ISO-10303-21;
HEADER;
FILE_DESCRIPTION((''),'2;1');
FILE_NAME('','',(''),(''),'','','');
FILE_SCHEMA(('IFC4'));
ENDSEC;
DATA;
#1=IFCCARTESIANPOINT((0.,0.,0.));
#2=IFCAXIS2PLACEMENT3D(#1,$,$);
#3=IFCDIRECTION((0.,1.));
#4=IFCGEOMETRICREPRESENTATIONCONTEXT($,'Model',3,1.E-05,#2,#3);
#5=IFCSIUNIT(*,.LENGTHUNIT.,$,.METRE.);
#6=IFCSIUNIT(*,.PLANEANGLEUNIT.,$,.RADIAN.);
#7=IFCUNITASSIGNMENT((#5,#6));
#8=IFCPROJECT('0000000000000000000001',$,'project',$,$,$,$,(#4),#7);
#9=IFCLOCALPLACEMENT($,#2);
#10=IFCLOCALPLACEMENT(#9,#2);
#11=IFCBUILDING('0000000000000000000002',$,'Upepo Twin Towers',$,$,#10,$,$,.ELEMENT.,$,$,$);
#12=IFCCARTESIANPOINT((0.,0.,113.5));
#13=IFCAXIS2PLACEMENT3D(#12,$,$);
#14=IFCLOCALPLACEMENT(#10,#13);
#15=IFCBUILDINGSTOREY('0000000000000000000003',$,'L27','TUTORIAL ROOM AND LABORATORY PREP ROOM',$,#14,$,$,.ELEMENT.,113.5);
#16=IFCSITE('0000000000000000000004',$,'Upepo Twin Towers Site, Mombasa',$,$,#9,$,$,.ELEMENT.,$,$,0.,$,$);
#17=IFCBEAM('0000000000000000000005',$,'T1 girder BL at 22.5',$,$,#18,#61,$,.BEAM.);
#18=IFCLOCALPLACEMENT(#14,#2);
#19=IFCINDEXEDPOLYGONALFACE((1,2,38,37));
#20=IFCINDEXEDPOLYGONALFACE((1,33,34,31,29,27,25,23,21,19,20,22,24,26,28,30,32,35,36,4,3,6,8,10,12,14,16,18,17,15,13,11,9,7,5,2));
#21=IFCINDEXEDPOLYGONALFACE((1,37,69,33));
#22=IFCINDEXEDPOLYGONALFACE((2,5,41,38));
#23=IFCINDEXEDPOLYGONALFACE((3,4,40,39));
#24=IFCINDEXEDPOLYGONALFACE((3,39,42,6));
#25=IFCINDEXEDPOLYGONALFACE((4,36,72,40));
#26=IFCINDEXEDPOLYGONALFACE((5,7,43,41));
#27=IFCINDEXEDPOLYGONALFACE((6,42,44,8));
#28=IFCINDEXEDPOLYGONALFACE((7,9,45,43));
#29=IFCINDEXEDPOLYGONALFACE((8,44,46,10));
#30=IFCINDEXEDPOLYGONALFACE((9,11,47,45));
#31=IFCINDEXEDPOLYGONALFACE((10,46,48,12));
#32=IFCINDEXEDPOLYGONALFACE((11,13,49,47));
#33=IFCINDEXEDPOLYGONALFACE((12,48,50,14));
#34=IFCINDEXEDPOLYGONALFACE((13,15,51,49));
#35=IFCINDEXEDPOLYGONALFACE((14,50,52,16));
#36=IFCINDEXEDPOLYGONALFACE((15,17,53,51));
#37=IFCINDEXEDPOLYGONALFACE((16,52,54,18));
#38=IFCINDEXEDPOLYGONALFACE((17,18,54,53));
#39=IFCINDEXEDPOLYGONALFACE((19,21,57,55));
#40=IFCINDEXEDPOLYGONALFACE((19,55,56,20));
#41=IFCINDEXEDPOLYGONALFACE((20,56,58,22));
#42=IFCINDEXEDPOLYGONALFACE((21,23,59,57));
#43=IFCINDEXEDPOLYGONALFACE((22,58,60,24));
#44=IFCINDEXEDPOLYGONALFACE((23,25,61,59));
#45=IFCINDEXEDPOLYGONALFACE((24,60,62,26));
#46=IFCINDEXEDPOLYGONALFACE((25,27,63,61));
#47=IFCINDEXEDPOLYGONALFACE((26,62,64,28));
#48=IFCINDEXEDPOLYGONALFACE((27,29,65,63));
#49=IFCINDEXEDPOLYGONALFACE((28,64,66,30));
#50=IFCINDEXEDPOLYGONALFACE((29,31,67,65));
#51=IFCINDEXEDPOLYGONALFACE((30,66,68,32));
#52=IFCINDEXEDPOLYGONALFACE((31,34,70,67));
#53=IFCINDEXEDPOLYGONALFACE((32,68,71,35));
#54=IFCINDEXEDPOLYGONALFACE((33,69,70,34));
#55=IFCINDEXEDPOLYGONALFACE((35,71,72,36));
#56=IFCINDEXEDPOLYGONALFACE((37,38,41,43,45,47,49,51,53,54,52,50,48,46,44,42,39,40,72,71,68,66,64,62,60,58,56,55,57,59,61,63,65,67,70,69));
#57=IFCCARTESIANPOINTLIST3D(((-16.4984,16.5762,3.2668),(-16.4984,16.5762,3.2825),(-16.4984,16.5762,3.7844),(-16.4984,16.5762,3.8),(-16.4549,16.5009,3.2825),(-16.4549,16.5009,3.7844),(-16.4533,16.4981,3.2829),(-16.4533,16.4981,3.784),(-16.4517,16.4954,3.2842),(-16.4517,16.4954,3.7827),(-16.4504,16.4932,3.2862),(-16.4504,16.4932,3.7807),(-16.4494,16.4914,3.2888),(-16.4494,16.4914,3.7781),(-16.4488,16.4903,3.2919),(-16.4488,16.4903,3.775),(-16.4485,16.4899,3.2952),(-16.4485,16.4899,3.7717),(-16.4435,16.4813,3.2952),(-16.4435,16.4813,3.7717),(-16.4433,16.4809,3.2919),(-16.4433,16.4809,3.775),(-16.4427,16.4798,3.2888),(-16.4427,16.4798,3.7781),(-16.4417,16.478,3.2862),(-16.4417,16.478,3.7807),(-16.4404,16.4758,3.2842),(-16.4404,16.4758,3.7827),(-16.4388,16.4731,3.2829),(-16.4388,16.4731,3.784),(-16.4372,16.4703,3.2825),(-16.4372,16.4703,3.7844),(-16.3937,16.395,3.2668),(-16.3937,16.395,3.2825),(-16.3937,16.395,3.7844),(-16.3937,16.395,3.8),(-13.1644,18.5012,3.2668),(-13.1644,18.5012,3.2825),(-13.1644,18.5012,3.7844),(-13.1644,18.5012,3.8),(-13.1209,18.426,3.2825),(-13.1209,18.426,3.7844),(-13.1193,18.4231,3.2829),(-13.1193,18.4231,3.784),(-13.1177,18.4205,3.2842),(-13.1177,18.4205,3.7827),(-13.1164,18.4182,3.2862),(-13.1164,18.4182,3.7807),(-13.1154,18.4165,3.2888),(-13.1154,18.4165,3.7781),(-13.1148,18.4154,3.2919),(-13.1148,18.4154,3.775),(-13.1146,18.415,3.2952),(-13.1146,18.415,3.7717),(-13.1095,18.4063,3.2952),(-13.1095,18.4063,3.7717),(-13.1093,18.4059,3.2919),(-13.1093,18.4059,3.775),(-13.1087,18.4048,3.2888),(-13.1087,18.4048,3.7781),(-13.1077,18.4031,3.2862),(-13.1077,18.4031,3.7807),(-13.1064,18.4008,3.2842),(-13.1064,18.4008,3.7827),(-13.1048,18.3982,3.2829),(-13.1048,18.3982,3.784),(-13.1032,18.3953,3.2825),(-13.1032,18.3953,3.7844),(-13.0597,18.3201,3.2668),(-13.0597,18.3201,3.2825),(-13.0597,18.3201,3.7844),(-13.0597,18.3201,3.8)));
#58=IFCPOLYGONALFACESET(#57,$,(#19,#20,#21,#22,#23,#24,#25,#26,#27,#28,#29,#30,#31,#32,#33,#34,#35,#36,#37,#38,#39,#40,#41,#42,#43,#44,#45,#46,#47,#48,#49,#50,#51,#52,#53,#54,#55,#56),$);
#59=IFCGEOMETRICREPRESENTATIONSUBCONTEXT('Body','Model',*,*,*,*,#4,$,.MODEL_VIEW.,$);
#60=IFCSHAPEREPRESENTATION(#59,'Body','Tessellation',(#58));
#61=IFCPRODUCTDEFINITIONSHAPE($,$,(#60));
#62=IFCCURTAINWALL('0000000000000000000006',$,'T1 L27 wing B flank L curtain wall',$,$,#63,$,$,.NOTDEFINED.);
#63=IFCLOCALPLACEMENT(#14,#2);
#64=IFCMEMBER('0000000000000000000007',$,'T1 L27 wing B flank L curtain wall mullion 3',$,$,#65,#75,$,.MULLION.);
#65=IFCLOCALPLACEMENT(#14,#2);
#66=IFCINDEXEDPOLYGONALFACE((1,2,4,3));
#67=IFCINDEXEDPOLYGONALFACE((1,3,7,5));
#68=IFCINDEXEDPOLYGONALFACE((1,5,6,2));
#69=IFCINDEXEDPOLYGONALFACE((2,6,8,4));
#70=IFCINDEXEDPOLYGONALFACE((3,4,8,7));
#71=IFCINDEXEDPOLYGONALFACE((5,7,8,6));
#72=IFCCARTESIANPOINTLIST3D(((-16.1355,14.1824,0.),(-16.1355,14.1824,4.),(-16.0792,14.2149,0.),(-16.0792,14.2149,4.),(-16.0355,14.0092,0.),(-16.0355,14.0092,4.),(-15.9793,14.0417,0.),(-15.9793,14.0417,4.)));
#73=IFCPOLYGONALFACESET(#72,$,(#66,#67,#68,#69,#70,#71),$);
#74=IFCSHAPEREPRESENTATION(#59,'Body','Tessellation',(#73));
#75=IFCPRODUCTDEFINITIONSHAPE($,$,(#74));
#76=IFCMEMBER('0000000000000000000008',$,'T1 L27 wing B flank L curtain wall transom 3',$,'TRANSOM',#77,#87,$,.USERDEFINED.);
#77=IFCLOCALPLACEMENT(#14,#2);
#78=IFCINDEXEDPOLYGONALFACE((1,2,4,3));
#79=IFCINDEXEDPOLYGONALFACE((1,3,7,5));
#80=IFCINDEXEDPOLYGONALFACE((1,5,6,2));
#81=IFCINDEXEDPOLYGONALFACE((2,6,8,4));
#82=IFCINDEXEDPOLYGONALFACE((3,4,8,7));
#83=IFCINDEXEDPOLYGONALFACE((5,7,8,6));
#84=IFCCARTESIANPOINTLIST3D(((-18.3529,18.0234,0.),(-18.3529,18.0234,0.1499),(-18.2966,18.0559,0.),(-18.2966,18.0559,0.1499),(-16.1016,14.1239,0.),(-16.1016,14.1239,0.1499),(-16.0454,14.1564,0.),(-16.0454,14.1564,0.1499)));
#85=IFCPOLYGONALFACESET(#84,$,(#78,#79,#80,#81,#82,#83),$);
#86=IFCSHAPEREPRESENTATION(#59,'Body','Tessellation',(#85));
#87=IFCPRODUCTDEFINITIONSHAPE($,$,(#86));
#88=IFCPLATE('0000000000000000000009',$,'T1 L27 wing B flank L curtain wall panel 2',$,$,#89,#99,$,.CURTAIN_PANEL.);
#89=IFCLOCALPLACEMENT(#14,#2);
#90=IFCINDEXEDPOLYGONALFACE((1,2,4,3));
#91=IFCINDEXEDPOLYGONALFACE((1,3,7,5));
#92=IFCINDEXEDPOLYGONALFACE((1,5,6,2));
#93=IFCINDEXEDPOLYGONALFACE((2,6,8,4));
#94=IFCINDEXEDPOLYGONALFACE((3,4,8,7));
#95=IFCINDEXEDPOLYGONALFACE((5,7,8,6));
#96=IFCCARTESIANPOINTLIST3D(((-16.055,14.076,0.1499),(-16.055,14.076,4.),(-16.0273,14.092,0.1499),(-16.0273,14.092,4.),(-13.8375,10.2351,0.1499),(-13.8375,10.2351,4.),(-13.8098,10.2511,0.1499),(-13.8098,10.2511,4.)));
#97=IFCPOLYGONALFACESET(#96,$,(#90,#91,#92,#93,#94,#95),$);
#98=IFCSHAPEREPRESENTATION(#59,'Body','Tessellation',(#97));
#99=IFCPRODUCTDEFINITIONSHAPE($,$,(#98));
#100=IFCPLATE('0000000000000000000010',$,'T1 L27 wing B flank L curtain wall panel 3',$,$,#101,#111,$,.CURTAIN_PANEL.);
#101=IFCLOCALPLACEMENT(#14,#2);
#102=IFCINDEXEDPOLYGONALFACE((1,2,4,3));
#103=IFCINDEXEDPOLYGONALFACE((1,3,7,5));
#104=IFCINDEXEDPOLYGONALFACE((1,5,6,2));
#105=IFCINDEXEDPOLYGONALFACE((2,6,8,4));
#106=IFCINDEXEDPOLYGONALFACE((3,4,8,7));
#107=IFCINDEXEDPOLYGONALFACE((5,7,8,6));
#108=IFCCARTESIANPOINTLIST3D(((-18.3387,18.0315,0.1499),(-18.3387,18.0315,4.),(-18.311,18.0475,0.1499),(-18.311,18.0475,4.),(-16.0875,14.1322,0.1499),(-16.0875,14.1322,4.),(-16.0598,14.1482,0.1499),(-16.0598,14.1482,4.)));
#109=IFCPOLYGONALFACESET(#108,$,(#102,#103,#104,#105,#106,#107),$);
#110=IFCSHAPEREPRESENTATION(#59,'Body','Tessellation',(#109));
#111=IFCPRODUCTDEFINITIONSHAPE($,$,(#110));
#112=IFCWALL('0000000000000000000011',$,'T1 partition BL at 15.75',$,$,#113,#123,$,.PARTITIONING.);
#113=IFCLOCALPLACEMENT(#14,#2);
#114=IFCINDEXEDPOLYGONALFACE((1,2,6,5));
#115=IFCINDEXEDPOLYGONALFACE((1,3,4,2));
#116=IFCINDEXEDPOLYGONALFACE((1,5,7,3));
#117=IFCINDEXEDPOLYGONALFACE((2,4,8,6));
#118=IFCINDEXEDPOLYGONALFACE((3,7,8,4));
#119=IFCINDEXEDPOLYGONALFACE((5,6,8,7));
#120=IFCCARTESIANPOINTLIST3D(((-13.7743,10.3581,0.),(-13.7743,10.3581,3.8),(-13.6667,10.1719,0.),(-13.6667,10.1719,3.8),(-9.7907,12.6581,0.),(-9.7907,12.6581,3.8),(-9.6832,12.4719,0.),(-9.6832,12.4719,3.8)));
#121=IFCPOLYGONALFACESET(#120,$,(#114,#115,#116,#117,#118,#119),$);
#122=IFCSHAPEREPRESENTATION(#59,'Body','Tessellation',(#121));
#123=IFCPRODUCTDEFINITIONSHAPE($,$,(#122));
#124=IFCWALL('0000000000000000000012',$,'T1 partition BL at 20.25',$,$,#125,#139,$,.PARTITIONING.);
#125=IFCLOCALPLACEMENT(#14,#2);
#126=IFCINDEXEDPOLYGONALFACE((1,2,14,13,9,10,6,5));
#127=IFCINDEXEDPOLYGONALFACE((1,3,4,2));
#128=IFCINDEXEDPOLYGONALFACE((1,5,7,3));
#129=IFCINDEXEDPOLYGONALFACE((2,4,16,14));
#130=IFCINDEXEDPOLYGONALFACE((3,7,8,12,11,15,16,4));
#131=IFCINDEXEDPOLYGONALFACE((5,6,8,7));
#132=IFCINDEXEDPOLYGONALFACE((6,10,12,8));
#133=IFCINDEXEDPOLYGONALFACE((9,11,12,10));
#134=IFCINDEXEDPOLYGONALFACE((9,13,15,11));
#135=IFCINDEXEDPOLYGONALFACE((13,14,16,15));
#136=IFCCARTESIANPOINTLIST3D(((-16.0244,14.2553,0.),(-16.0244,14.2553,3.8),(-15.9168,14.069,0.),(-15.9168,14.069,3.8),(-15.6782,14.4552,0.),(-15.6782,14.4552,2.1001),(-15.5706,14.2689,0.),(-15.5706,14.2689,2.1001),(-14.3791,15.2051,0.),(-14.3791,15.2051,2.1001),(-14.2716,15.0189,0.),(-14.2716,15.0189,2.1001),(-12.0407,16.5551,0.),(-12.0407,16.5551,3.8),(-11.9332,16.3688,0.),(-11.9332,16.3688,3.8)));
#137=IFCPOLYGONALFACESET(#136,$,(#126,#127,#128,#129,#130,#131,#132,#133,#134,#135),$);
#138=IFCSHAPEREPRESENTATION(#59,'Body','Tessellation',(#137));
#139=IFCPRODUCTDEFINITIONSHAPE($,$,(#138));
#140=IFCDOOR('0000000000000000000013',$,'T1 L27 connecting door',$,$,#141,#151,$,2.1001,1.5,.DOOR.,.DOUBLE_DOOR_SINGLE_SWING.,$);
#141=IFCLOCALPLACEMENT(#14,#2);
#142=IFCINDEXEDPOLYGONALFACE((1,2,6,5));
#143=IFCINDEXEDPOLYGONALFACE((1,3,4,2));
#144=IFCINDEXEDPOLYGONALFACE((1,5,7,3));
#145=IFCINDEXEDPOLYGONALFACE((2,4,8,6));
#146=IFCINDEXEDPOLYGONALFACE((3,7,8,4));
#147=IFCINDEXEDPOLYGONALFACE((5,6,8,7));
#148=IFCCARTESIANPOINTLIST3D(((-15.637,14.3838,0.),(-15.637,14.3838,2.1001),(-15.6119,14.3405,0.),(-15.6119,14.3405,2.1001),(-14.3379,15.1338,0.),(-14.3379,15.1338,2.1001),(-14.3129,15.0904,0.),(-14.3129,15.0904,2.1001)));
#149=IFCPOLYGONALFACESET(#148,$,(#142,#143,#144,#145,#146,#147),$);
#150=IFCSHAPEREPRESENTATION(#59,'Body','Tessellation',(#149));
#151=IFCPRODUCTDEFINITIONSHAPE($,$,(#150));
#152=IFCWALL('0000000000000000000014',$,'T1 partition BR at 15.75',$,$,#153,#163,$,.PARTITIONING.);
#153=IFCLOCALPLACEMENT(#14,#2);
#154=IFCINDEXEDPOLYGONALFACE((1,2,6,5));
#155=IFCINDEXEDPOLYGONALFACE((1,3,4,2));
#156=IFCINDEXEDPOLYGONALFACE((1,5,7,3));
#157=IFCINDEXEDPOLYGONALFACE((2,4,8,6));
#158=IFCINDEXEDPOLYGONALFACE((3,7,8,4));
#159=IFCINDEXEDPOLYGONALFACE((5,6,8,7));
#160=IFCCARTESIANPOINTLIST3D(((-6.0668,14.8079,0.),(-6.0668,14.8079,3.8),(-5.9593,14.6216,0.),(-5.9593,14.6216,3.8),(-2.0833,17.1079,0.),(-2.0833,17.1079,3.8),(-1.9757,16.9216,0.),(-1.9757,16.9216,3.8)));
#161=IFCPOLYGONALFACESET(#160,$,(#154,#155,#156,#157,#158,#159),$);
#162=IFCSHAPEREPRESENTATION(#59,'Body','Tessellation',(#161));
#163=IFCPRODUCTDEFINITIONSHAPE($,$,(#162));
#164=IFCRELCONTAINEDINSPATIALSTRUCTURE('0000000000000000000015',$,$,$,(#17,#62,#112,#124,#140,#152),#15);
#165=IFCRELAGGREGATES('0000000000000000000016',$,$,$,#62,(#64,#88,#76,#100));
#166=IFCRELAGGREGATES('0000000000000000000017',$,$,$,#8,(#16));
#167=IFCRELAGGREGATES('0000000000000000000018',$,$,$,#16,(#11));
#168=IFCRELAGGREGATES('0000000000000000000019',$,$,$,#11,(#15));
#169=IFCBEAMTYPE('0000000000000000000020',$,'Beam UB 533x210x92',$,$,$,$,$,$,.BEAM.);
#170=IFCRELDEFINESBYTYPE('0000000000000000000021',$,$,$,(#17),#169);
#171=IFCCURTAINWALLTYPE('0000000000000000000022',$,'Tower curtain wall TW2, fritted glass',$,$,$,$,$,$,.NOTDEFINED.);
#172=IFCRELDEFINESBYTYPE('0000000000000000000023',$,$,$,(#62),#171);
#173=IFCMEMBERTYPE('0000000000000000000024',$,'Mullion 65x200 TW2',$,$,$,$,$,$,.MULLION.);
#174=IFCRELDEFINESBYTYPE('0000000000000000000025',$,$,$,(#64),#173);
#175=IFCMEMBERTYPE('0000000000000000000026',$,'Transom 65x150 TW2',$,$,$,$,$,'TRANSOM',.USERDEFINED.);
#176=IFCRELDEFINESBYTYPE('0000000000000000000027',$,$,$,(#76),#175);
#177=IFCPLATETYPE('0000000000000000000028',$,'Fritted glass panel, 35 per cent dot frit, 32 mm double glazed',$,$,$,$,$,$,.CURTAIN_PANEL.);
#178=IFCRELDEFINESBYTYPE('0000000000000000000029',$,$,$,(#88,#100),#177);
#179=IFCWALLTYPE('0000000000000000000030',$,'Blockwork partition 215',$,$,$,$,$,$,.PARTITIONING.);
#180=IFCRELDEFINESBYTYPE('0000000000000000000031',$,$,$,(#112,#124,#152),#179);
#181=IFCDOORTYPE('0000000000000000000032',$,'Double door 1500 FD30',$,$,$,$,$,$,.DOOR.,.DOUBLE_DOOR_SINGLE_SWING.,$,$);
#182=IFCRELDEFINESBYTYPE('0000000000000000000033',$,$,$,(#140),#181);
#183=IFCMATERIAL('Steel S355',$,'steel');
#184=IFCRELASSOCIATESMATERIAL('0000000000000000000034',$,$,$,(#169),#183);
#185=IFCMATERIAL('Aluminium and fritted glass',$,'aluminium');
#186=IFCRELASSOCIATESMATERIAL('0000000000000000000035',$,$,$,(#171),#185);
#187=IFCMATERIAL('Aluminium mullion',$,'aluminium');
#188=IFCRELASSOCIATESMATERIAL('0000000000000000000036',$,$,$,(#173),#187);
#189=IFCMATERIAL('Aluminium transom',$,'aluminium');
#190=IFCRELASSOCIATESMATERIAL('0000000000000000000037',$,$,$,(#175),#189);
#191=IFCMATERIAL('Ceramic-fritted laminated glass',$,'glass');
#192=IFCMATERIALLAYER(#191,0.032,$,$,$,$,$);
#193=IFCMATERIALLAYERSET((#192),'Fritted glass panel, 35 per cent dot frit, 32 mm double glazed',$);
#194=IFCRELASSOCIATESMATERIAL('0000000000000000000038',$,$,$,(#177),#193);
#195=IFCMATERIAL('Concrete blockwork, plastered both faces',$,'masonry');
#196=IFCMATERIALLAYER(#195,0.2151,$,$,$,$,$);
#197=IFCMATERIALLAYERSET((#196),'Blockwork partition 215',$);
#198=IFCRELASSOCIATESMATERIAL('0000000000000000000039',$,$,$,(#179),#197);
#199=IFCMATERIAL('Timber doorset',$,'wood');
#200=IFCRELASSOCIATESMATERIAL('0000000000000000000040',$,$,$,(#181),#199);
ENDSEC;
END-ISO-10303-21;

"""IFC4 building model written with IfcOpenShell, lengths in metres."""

from ifc_helpers import new_model, si_unit, direction, frame, frame_2d, origin, origin_2d, place, context, subcontext, project, spatial, rectangle, i_section, extrude, material, layer, layer_set, material_profile, profile_set, type_object, element, fill, aggregate, save


model = new_model("IFC4")

# Units and contexts
model_context = context("Model", 3, precision=1e-05, world=origin(), true_north=direction((0.0, 1.0)))
body_context = subcontext(model_context, "Body", "Model", "MODEL_VIEW")
ifc_project = project(units=[si_unit("LENGTHUNIT", "METRE"), si_unit("PLANEANGLEUNIT", "RADIAN")], contexts=[model_context])

# Site, building, storey
site_placement = place(None, origin())
site = spatial("IfcSite", under=ifc_project, at=site_placement, Name="Upepo Twin Towers Site, Mombasa", CompositionType="ELEMENT", RefElevation=0.0)
building_placement = place(site_placement, origin())
building = spatial("IfcBuilding", under=site, at=building_placement, Name="Upepo Twin Towers", CompositionType="ELEMENT")
storey_placement = place(building_placement, frame((0.0, 0.0, 113.5)))
storey = spatial("IfcBuildingStorey", under=building, at=storey_placement, Name="L27", Description="TUTORIAL ROOM AND LABORATORY PREP ROOM", CompositionType="ELEMENT", Elevation=113.5)

# Beam
ifc_material_1 = material(Name="Steel S355", Category="steel")
ifc_material_profile_1 = material_profile(ifc_material_1, i_section(OverallWidth=0.2092, OverallDepth=0.5332, WebThickness=0.01, FlangeThickness=0.0156, FilletRadius=0.0127, at=origin_2d()), Name="UB 533x210x92")
ifc_profile_set_1 = profile_set([ifc_material_profile_1], Name="Steel S355")
beam_type_1 = type_object("IfcBeamType", Name="Beam UB 533x210x92", PredefinedType="BEAM", material=ifc_profile_set_1)
for number, where, z_axis, x_axis, name in (
    (1, (-16.446, 16.4856, 3.5334), (0.866006, 0.500034, 0.0), (-0.500034, 0.866006, 0.0), "T1 girder BL at 22.5"),
):
    element("IfcBeam", number, at=place(storey_placement, frame(where, z_axis=z_axis, x_axis=x_axis)), inside=storey, type_object=beam_type_1, Name=name, PredefinedType="BEAM", context=body_context, shape_type="SweptSolid", body=[
        extrude(i_section(OverallWidth=0.2092, OverallDepth=0.5332, WebThickness=0.01, FlangeThickness=0.0156, FilletRadius=0.0127, at=origin_2d()), origin(), (0.0, 0.0, 1.0), 3.8499),
    ])

# Curtain wall, members, plates
ifc_material_2 = material(Name="Aluminium and fritted glass", Category="aluminium")
curtain_wall_type = type_object("IfcCurtainWallType", Name="Tower curtain wall TW2, fritted glass", PredefinedType="NOTDEFINED", material=ifc_material_2)
curtain_wall_placement = place(storey_placement, origin())
curtain_wall = element("IfcCurtainWall", 2, at=curtain_wall_placement, inside=storey, type_object=curtain_wall_type, Name="T1 L27 wing B flank L curtain wall", PredefinedType="NOTDEFINED")
ifc_material_3 = material(Name="Aluminium mullion", Category="aluminium")
ifc_material_profile_2 = material_profile(ifc_material_3, rectangle(XDim=0.0649, YDim=0.2, at=origin_2d()), Name="MULLION 65x200")
ifc_profile_set_2 = profile_set([ifc_material_profile_2], Name="Aluminium mullion")
member_type_1 = type_object("IfcMemberType", Name="Mullion 65x200 TW2", PredefinedType="MULLION", material=ifc_profile_set_2)
member_1_placement = place(storey_placement, frame((-16.0574, 14.1121, 0.0), z_axis=(0.0, 0.0, 1.0), x_axis=(-0.866025, -0.5, 0.0)))
member_1 = element("IfcMember", 3, at=member_1_placement, type_object=member_type_1, Name="T1 L27 wing B flank L curtain wall mullion 3", PredefinedType="MULLION", context=body_context, shape_type="SweptSolid", body=[
    extrude(rectangle(XDim=0.0649, YDim=0.2, at=origin_2d()), origin(), (0.0, 0.0, 1.0), 4.0),
])
ifc_material_4 = material(Name="Aluminium transom", Category="aluminium")
ifc_material_profile_3 = material_profile(ifc_material_4, rectangle(XDim=0.0649, YDim=0.1499, at=origin_2d()), Name="TRANSOM 65x150")
ifc_profile_set_3 = profile_set([ifc_material_profile_3], Name="Aluminium transom")
member_type_2 = type_object("IfcMemberType", Name="Transom 65x150 TW2", ElementType="TRANSOM", PredefinedType="USERDEFINED", material=ifc_profile_set_3)
member_2_placement = place(storey_placement, frame((-16.0735, 14.1401, 0.075), z_axis=(-0.499982, 0.866036, 0.0), x_axis=(-0.866036, -0.499982, 0.0)))
member_2 = element("IfcMember", 4, at=member_2_placement, type_object=member_type_2, Name="T1 L27 wing B flank L curtain wall transom 3", ObjectType="TRANSOM", PredefinedType="USERDEFINED", context=body_context, shape_type="SweptSolid", body=[
    extrude(rectangle(XDim=0.0649, YDim=0.1499, at=origin_2d()), origin(), (0.0, 0.0, 1.0), 4.5027),
])
ifc_material_5 = material(Name="Ceramic-fritted laminated glass", Category="glass")
ifc_layer_1 = layer(ifc_material_5, 0.032)
ifc_layer_set_1 = layer_set([ifc_layer_1], Name="Fritted glass panel, 35 per cent dot frit, 32 mm double glazed")
plate_type = type_object("IfcPlateType", Name="Fritted glass panel, 35 per cent dot frit, 32 mm double glazed", PredefinedType="CURTAIN_PANEL", material=ifc_layer_set_1)
plate_1_placement = place(storey_placement, frame((-14.9324, 12.1636, 0.1499), z_axis=(0.0, 0.0, 1.0), x_axis=(-0.5, 0.866025, 0.0)))
plate_1 = element("IfcPlate", 5, at=plate_1_placement, type_object=plate_type, Name="T1 L27 wing B flank L curtain wall panel 2", PredefinedType="CURTAIN_PANEL", context=body_context, shape_type="SweptSolid", body=[
    extrude(rectangle(XDim=4.4351, YDim=0.032, at=origin_2d()), origin(), (0.0, 0.0, 1.0), 3.8501),
])
plate_2_placement = place(storey_placement, frame((-17.1992, 16.0898, 0.1499), z_axis=(0.0, 0.0, 1.0), x_axis=(-0.5, 0.866025, 0.0)))
plate_2 = element("IfcPlate", 6, at=plate_2_placement, type_object=plate_type, Name="T1 L27 wing B flank L curtain wall panel 3", PredefinedType="CURTAIN_PANEL", context=body_context, shape_type="SweptSolid", body=[
    extrude(rectangle(XDim=4.5024, YDim=0.032, at=origin_2d()), origin(), (0.0, 0.0, 1.0), 3.8501),
])
aggregate(curtain_wall, [member_1, plate_1, member_2, plate_2])

# Wall
ifc_material_6 = material(Name="Concrete blockwork, plastered both faces", Category="masonry")
ifc_layer_2 = layer(ifc_material_6, 0.2151)
ifc_layer_set_2 = layer_set([ifc_layer_2], Name="Blockwork partition 215")
wall_type_1 = type_object("IfcWallType", Name="Blockwork partition 215", PredefinedType="PARTITIONING", material=ifc_layer_set_2)
wall_1_placement = place(storey_placement, frame((-9.7371, 12.5649, 0.0), z_axis=(0.0, 0.0, 1.0), x_axis=(-0.866017, -0.500015, 0.0)))
element("IfcWall", 7, at=wall_1_placement, inside=storey, type_object=wall_type_1, Name="T1 partition BL at 15.75", PredefinedType="PARTITIONING", context=body_context, shape_type="SweptSolid", body=[
    extrude(rectangle(XDim=4.5999, YDim=0.2151, at=frame_2d((2.2998, 0.0))), origin(), (0.0, 0.0, 1.0), 3.8),
])

# Wall, opening, door
wall_2_placement = place(storey_placement, frame((-11.9871, 16.4619, 0.0), z_axis=(0.0, 0.0, 1.0), x_axis=(-0.86604, -0.499975, 0.0)))
wall_2 = element("IfcWall", 8, at=wall_2_placement, inside=storey, type_object=wall_type_1, Name="T1 partition BL at 20.25", PredefinedType="PARTITIONING", context=body_context, shape_type="SweptSolid", body=[
    extrude(rectangle(XDim=4.5999, YDim=0.2151, at=frame_2d((2.2998, 0.0))), origin(), (0.0, 0.0, 1.0), 3.8),
])
opening_1_placement = place(wall_2_placement, frame((2.7, 0.0, 0.0)))
opening_1 = element("IfcOpeningElement", 9, at=opening_1_placement, cuts=wall_2, PredefinedType="OPENING", context=body_context, shape_type="SweptSolid", body=[
    extrude(rectangle(XDim=1.5, YDim=2.1001, at=frame_2d((0.75, 1.05))), frame((0.0, 0.1174, 0.0), z_axis=(0.0, -1.0, 0.0), x_axis=(1.0, 0.0, 0.0)), (0.0, 0.0, 1.0), 0.2351),
])
ifc_material_7 = material(Name="Timber doorset", Category="wood")
door_type_1 = type_object("IfcDoorType", Name="Double door 1500 FD30", OperationType="DOUBLE_DOOR_SINGLE_SWING", PredefinedType="DOOR", material=ifc_material_7)
door_1_placement = place(opening_1_placement, origin())
door_1 = element("IfcDoor", 10, at=door_1_placement, inside=storey, type_object=door_type_1, Name="T1 L27 connecting door", OperationType="DOUBLE_DOOR_SINGLE_SWING", OverallHeight=2.1001, OverallWidth=1.5, PredefinedType="DOOR", context=body_context, shape_type="SweptSolid", body=[
    extrude(rectangle(XDim=1.5, YDim=2.1001, at=frame_2d((0.75, 1.05))), frame((0.0, 0.0249, 0.0), z_axis=(0.0, -1.0, 0.0), x_axis=(1.0, 0.0, 0.0)), (0.0, 0.0, 1.0), 0.05),
])
fill(opening_1, door_1)

# Wall
wall_3_placement = place(storey_placement, frame((-6.0129, 14.7148, 0.0), z_axis=(0.0, 0.0, 1.0), x_axis=(0.866017, 0.500015, 0.0)))
element("IfcWall", 11, at=wall_3_placement, inside=storey, type_object=wall_type_1, Name="T1 partition BR at 15.75", PredefinedType="PARTITIONING", context=body_context, shape_type="SweptSolid", body=[
    extrude(rectangle(XDim=4.5999, YDim=0.2151, at=frame_2d((2.2998, 0.0))), origin(), (0.0, 0.0, 1.0), 3.8),
])

save(model, "model.ifc")
